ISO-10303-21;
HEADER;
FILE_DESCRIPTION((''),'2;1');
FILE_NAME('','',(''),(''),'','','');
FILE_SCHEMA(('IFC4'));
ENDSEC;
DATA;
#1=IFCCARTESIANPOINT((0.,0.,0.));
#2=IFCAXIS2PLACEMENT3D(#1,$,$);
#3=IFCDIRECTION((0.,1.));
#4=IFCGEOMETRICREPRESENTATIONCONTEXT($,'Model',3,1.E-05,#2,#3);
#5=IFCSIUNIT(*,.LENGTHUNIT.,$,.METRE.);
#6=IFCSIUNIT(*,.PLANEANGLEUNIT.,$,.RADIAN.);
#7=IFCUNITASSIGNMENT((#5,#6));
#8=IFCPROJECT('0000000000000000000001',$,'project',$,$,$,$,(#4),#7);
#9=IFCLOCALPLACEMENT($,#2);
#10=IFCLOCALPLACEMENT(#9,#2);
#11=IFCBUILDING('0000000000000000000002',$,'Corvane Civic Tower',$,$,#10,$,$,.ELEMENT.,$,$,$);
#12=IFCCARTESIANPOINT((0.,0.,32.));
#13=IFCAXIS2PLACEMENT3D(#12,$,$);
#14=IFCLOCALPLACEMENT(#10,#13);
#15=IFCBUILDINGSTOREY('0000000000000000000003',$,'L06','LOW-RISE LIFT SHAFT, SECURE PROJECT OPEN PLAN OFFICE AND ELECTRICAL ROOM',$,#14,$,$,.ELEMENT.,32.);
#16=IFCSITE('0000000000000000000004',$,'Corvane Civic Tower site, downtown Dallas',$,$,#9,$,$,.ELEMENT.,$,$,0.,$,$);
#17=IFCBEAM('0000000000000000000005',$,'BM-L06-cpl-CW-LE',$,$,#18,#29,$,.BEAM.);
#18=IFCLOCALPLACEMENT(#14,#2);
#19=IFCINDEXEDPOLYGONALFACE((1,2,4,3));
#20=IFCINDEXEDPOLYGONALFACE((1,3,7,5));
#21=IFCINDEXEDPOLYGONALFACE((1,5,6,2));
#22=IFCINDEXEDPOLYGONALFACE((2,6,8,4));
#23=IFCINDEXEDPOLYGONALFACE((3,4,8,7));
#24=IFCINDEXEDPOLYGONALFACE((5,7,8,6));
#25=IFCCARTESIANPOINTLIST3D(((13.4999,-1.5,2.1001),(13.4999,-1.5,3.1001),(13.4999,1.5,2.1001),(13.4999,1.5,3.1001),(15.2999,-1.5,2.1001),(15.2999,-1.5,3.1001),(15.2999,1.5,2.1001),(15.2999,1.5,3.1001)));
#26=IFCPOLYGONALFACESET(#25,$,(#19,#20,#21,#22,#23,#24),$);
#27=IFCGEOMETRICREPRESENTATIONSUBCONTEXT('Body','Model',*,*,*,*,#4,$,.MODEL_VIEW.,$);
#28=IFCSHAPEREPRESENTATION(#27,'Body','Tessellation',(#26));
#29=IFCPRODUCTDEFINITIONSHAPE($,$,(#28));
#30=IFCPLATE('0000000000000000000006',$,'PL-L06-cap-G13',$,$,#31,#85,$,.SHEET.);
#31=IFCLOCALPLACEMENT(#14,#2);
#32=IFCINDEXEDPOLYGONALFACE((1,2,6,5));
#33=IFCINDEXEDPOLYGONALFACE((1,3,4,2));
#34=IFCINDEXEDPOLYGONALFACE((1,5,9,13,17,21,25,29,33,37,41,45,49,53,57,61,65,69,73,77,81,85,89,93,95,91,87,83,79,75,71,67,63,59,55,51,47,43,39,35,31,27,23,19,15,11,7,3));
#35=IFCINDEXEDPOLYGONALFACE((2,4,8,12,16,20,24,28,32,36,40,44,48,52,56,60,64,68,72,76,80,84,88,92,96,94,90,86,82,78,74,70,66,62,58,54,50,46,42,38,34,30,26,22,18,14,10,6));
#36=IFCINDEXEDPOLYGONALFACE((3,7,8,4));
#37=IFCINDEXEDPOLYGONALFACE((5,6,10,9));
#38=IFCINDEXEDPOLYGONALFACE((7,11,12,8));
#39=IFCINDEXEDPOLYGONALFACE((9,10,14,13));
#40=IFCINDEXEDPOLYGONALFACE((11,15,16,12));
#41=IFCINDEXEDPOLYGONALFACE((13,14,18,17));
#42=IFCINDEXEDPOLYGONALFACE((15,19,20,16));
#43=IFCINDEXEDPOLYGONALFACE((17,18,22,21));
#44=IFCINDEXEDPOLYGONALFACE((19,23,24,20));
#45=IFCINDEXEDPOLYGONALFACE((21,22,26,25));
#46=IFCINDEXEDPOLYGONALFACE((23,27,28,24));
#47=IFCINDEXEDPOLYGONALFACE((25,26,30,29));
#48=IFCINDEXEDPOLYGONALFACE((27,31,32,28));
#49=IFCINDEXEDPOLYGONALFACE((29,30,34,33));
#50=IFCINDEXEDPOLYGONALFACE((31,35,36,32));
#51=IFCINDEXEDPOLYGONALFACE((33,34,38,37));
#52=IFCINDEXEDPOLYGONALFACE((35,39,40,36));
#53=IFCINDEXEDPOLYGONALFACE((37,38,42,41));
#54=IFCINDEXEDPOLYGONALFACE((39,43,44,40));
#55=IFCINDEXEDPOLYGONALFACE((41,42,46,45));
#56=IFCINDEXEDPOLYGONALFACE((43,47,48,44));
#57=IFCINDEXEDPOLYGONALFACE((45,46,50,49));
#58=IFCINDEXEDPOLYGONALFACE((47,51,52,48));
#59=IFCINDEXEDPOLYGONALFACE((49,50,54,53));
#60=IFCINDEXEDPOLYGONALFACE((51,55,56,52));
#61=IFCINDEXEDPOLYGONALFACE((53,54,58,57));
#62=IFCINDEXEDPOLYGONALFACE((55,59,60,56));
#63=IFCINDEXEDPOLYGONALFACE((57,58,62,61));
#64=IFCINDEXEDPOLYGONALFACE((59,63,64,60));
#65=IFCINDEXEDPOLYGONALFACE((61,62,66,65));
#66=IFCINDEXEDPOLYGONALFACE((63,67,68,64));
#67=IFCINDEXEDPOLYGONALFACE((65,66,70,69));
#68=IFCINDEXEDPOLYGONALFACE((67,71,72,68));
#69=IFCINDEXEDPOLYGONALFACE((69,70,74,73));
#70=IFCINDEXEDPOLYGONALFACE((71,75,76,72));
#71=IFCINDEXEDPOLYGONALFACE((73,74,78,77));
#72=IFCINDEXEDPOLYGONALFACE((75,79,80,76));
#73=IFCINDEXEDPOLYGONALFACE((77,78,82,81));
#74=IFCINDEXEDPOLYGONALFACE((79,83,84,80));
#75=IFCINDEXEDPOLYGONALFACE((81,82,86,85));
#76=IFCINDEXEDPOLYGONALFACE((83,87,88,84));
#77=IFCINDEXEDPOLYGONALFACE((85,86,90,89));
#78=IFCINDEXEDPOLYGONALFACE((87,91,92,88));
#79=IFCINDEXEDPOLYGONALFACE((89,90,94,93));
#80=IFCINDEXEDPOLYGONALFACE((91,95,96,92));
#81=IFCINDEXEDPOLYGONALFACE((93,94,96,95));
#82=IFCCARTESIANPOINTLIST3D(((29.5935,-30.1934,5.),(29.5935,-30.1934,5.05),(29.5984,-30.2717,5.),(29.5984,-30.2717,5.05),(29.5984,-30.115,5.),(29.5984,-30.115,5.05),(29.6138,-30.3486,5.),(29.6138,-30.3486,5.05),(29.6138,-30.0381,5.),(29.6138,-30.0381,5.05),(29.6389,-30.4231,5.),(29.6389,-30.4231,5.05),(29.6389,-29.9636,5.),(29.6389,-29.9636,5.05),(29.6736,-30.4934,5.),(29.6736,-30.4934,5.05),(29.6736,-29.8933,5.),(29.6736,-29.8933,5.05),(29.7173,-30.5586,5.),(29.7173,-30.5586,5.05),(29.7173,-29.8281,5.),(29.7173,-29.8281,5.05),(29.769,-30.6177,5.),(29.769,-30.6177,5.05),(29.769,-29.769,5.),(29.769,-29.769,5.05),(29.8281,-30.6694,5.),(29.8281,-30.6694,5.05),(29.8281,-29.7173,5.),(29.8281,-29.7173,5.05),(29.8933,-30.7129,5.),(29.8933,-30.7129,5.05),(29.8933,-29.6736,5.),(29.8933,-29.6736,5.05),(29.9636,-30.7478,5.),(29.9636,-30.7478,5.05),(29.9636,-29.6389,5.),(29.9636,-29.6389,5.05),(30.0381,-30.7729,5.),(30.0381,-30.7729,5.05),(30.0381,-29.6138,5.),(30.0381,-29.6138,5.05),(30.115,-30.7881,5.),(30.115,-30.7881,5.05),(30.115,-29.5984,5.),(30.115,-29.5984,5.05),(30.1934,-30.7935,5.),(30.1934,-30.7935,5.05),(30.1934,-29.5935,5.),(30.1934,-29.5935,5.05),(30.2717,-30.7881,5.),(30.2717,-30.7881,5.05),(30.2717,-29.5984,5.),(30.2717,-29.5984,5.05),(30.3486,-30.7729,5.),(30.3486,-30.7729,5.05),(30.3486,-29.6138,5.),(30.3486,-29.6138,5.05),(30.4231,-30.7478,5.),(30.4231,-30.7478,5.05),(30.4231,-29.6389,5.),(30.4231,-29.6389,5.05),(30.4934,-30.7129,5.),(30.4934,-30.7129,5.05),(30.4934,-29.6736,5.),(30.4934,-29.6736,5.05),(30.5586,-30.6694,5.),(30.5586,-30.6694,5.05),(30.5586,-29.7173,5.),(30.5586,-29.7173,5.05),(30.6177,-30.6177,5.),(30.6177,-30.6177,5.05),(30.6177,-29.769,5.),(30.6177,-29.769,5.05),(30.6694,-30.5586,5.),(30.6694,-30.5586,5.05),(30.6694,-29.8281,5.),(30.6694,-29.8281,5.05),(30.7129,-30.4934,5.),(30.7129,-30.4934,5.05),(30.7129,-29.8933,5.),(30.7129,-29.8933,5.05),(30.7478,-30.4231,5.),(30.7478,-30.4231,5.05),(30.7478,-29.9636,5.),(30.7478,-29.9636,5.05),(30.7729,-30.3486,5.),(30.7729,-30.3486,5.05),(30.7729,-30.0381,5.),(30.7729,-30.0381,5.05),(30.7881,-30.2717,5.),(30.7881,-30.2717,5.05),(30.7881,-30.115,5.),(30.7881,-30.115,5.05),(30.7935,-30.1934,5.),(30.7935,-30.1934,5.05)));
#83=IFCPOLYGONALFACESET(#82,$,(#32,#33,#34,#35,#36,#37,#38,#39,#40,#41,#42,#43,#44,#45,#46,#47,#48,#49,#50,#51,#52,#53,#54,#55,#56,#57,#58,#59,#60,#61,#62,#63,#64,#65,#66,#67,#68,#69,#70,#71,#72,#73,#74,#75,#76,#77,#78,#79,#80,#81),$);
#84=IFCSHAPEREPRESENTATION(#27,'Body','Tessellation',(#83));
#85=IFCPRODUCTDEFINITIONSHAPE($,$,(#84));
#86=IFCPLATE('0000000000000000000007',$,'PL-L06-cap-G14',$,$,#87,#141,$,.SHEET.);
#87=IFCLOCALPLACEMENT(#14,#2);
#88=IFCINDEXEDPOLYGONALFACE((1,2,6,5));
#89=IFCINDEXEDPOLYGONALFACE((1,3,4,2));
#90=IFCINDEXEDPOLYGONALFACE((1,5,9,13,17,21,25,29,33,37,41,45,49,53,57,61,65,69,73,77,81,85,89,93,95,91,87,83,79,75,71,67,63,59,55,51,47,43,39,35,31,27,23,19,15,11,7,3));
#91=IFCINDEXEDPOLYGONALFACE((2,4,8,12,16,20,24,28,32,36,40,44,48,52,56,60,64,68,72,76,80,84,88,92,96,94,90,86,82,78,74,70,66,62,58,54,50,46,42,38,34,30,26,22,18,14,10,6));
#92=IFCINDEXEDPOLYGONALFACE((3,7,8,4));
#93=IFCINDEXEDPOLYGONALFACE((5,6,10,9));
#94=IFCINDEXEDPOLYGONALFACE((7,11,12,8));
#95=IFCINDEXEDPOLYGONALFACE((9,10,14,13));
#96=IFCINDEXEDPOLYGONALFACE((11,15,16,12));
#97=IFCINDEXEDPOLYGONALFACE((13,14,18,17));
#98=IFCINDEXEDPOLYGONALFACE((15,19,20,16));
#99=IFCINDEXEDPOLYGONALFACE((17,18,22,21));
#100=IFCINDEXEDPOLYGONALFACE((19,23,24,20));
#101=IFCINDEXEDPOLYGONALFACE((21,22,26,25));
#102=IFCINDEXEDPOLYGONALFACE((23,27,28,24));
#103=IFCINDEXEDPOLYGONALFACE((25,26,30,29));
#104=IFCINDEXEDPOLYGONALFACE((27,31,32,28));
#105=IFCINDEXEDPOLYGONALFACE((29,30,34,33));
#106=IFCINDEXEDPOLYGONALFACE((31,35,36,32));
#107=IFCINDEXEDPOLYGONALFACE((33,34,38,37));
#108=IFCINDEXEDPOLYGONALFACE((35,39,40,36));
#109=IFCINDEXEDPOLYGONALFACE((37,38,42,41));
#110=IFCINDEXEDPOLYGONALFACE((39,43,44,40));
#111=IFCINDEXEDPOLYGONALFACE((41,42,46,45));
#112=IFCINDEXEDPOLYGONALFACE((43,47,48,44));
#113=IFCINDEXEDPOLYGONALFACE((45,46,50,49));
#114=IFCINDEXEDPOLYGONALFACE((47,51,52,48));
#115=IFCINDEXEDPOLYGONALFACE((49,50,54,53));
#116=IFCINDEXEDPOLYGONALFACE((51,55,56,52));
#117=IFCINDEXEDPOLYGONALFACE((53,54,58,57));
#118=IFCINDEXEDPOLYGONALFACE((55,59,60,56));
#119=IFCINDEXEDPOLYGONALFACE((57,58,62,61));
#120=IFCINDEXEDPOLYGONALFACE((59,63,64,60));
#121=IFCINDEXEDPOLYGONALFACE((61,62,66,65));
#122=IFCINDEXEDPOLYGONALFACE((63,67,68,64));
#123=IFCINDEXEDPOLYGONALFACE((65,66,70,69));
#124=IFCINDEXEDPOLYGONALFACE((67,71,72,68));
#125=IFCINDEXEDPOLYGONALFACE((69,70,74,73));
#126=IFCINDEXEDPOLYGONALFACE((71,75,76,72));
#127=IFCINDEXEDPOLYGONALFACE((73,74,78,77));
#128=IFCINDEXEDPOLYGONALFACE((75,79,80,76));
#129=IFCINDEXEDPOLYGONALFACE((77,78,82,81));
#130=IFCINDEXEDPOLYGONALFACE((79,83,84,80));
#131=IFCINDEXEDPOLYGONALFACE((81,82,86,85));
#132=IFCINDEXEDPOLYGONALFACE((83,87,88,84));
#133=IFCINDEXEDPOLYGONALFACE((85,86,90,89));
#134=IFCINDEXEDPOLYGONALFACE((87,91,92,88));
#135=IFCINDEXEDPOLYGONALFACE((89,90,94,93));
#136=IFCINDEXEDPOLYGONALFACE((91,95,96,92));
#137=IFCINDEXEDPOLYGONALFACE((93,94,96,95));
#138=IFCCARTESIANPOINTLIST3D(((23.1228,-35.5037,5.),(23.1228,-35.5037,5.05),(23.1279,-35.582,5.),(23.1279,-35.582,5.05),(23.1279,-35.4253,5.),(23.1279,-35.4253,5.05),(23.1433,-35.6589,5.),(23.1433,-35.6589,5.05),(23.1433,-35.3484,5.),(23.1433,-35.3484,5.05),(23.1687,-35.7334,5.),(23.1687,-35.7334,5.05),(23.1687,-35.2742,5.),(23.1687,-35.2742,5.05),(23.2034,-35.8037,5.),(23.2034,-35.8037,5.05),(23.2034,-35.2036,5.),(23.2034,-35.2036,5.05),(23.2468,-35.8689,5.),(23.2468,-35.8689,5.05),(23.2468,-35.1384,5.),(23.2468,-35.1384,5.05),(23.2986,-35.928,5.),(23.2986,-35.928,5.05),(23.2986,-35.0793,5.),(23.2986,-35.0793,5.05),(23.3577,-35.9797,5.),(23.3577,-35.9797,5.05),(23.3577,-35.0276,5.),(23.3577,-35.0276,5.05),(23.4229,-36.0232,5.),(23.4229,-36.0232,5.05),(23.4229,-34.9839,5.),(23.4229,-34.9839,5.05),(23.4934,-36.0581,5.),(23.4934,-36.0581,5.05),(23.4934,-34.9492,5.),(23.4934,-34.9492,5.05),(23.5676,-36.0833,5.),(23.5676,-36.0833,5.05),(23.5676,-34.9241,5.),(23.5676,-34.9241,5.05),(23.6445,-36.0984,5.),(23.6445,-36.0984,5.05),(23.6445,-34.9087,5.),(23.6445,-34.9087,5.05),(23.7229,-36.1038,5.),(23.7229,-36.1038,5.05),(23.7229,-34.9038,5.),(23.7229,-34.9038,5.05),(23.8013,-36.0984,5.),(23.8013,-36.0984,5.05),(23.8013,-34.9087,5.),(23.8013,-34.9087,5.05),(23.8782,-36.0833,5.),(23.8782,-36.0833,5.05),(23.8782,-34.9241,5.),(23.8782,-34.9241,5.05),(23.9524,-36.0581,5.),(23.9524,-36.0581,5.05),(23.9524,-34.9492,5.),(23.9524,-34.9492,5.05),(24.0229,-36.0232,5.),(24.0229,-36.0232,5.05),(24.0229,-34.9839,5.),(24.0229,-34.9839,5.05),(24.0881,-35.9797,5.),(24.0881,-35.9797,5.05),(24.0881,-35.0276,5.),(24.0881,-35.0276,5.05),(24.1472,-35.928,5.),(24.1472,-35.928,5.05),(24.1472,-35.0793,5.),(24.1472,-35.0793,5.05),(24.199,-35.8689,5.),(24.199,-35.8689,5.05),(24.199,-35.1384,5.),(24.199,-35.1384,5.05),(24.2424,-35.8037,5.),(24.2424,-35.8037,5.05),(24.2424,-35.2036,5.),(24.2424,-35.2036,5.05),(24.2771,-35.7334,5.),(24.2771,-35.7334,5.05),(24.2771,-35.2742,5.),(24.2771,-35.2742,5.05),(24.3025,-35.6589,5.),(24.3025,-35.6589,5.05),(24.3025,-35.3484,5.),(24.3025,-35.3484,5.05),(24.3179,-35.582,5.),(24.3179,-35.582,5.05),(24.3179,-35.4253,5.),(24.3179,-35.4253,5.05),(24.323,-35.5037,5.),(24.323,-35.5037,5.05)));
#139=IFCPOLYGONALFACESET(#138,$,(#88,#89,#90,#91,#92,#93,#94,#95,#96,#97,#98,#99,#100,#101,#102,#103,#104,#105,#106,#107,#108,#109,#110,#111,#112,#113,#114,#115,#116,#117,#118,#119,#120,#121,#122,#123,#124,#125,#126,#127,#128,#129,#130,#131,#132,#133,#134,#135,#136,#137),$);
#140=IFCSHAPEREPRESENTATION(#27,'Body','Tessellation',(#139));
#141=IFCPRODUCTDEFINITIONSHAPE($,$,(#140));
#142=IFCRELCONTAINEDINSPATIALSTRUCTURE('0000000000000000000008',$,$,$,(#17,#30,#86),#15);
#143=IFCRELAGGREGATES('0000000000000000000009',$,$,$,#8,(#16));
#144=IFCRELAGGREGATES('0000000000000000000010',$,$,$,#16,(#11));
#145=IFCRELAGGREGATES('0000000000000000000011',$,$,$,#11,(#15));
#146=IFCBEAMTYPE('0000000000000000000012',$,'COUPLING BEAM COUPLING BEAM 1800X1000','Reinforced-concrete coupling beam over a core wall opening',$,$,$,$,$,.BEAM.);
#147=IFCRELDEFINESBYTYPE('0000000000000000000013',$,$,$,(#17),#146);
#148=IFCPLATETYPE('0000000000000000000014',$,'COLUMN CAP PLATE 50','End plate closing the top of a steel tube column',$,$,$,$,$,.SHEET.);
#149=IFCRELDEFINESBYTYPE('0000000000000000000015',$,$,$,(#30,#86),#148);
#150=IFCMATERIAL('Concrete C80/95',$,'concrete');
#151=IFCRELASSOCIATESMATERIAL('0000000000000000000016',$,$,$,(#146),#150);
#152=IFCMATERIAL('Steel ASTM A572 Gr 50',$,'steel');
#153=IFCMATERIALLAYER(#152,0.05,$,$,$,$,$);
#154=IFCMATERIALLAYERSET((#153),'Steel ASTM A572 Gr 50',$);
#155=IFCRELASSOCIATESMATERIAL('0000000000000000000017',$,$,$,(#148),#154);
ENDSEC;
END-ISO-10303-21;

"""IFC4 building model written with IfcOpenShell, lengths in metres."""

from ifc_helpers import new_model, si_unit, direction, frame, origin, origin_2d, place, context, subcontext, project, spatial, polyline, rectangle, outline, extrude, material, layer, layer_set, material_profile, profile_set, type_object, element, save


model = new_model("IFC4")

# Units and contexts
model_context = context("Model", 3, precision=1e-05, world=origin(), true_north=direction((0.0, 1.0)))
body_context = subcontext(model_context, "Body", "Model", "MODEL_VIEW")
ifc_project = project(units=[si_unit("LENGTHUNIT", "METRE"), si_unit("PLANEANGLEUNIT", "RADIAN")], contexts=[model_context])

# Site, building, storey
site_placement = place(None, origin())
site = spatial("IfcSite", under=ifc_project, at=site_placement, Name="Corvane Civic Tower site, downtown Dallas", CompositionType="ELEMENT", RefElevation=0.0)
building_placement = place(site_placement, origin())
building = spatial("IfcBuilding", under=site, at=building_placement, Name="Corvane Civic Tower", CompositionType="ELEMENT")
storey_placement = place(building_placement, frame((0.0, 0.0, 32.0)))
storey = spatial("IfcBuildingStorey", under=building, at=storey_placement, Name="L06", Description="LOW-RISE LIFT SHAFT, SECURE PROJECT OPEN PLAN OFFICE AND ELECTRICAL ROOM", CompositionType="ELEMENT", Elevation=32.0)

# Beam
ifc_material_1 = material(Name="Concrete C80/95", Category="concrete")
ifc_material_profile = material_profile(ifc_material_1, rectangle(XDim=1.8, YDim=1.0, at=origin_2d()), Name="COUPLING BEAM 1800X1000")
ifc_profile_set = profile_set([ifc_material_profile], Name="Concrete C80/95")
beam_type = type_object("IfcBeamType", Name="COUPLING BEAM COUPLING BEAM 1800X1000", Description="Reinforced-concrete coupling beam over a core wall opening", PredefinedType="BEAM", material=ifc_profile_set)
beam_placement = place(storey_placement, frame((14.3999, -1.5, 2.6001), z_axis=(0.0, 1.0, 0.0), x_axis=(-1.0, 0.0, 0.0)))
element("IfcBeam", 1, at=beam_placement, inside=storey, type_object=beam_type, Name="BM-L06-cpl-CW-LE", PredefinedType="BEAM", context=body_context, shape_type="SweptSolid", body=[
    extrude(rectangle(XDim=1.8, YDim=1.0, at=origin_2d()), origin(), (0.0, 0.0, 1.0), 3.0),
])

# Plates
ifc_material_2 = material(Name="Steel ASTM A572 Gr 50", Category="steel")
ifc_layer = layer(ifc_material_2, 0.05)
ifc_layer_set = layer_set([ifc_layer], Name="Steel ASTM A572 Gr 50")
plate_type = type_object("IfcPlateType", Name="COLUMN CAP PLATE 50", Description="End plate closing the top of a steel tube column", PredefinedType="SHEET", material=ifc_layer_set)
plate_1_placement = place(storey_placement, frame((0.0, 0.0, 5.0)))
element("IfcPlate", 2, at=plate_1_placement, inside=storey, type_object=plate_type, Name="PL-L06-cap-G13", PredefinedType="SHEET", context=body_context, shape_type="SweptSolid", body=[
    extrude(outline(polyline([(30.7935, -30.1934), (30.7881, -30.115), (30.7729, -30.0381), (30.7478, -29.9636), (30.7129, -29.8933), (30.6694, -29.8281), (30.6177, -29.769), (30.5586, -29.7173), (30.4934, -29.6736), (30.4231, -29.6389), (30.3486, -29.6138), (30.2717, -29.5984), (30.1934, -29.5935), (30.115, -29.5984), (30.0381, -29.6138), (29.9636, -29.6389), (29.8933, -29.6736), (29.8281, -29.7173), (29.769, -29.769), (29.7173, -29.8281), (29.6736, -29.8933), (29.6389, -29.9636), (29.6138, -30.0381), (29.5984, -30.115), (29.5935, -30.1934), (29.5984, -30.2717), (29.6138, -30.3486), (29.6389, -30.4231), (29.6736, -30.4934), (29.7173, -30.5586), (29.769, -30.6177), (29.8281, -30.6694), (29.8933, -30.7129), (29.9636, -30.7478), (30.0381, -30.7729), (30.115, -30.7881), (30.1934, -30.7935), (30.2717, -30.7881), (30.3486, -30.7729), (30.4231, -30.7478), (30.4934, -30.7129), (30.5586, -30.6694), (30.6177, -30.6177), (30.6694, -30.5586), (30.7129, -30.4934), (30.7478, -30.4231), (30.7729, -30.3486), (30.7881, -30.2717), (30.7935, -30.1934)])), origin(), (0.0, 0.0, 1.0), 0.05),
])
plate_2_placement = place(storey_placement, frame((0.0, 0.0, 5.0)))
element("IfcPlate", 3, at=plate_2_placement, inside=storey, type_object=plate_type, Name="PL-L06-cap-G14", PredefinedType="SHEET", context=body_context, shape_type="SweptSolid", body=[
    extrude(outline(polyline([(24.323, -35.5037), (24.3179, -35.4253), (24.3025, -35.3484), (24.2771, -35.2742), (24.2424, -35.2036), (24.199, -35.1384), (24.1472, -35.0793), (24.0881, -35.0276), (24.0229, -34.9839), (23.9524, -34.9492), (23.8782, -34.9241), (23.8013, -34.9087), (23.7229, -34.9038), (23.6445, -34.9087), (23.5676, -34.9241), (23.4934, -34.9492), (23.4229, -34.9839), (23.3577, -35.0276), (23.2986, -35.0793), (23.2468, -35.1384), (23.2034, -35.2036), (23.1687, -35.2742), (23.1433, -35.3484), (23.1279, -35.4253), (23.1228, -35.5037), (23.1279, -35.582), (23.1433, -35.6589), (23.1687, -35.7334), (23.2034, -35.8037), (23.2468, -35.8689), (23.2986, -35.928), (23.3577, -35.9797), (23.4229, -36.0232), (23.4934, -36.0581), (23.5676, -36.0833), (23.6445, -36.0984), (23.7229, -36.1038), (23.8013, -36.0984), (23.8782, -36.0833), (23.9524, -36.0581), (24.0229, -36.0232), (24.0881, -35.9797), (24.1472, -35.928), (24.199, -35.8689), (24.2424, -35.8037), (24.2771, -35.7334), (24.3025, -35.6589), (24.3179, -35.582), (24.323, -35.5037)])), origin(), (0.0, 0.0, 1.0), 0.05),
])

save(model, "model.ifc")
